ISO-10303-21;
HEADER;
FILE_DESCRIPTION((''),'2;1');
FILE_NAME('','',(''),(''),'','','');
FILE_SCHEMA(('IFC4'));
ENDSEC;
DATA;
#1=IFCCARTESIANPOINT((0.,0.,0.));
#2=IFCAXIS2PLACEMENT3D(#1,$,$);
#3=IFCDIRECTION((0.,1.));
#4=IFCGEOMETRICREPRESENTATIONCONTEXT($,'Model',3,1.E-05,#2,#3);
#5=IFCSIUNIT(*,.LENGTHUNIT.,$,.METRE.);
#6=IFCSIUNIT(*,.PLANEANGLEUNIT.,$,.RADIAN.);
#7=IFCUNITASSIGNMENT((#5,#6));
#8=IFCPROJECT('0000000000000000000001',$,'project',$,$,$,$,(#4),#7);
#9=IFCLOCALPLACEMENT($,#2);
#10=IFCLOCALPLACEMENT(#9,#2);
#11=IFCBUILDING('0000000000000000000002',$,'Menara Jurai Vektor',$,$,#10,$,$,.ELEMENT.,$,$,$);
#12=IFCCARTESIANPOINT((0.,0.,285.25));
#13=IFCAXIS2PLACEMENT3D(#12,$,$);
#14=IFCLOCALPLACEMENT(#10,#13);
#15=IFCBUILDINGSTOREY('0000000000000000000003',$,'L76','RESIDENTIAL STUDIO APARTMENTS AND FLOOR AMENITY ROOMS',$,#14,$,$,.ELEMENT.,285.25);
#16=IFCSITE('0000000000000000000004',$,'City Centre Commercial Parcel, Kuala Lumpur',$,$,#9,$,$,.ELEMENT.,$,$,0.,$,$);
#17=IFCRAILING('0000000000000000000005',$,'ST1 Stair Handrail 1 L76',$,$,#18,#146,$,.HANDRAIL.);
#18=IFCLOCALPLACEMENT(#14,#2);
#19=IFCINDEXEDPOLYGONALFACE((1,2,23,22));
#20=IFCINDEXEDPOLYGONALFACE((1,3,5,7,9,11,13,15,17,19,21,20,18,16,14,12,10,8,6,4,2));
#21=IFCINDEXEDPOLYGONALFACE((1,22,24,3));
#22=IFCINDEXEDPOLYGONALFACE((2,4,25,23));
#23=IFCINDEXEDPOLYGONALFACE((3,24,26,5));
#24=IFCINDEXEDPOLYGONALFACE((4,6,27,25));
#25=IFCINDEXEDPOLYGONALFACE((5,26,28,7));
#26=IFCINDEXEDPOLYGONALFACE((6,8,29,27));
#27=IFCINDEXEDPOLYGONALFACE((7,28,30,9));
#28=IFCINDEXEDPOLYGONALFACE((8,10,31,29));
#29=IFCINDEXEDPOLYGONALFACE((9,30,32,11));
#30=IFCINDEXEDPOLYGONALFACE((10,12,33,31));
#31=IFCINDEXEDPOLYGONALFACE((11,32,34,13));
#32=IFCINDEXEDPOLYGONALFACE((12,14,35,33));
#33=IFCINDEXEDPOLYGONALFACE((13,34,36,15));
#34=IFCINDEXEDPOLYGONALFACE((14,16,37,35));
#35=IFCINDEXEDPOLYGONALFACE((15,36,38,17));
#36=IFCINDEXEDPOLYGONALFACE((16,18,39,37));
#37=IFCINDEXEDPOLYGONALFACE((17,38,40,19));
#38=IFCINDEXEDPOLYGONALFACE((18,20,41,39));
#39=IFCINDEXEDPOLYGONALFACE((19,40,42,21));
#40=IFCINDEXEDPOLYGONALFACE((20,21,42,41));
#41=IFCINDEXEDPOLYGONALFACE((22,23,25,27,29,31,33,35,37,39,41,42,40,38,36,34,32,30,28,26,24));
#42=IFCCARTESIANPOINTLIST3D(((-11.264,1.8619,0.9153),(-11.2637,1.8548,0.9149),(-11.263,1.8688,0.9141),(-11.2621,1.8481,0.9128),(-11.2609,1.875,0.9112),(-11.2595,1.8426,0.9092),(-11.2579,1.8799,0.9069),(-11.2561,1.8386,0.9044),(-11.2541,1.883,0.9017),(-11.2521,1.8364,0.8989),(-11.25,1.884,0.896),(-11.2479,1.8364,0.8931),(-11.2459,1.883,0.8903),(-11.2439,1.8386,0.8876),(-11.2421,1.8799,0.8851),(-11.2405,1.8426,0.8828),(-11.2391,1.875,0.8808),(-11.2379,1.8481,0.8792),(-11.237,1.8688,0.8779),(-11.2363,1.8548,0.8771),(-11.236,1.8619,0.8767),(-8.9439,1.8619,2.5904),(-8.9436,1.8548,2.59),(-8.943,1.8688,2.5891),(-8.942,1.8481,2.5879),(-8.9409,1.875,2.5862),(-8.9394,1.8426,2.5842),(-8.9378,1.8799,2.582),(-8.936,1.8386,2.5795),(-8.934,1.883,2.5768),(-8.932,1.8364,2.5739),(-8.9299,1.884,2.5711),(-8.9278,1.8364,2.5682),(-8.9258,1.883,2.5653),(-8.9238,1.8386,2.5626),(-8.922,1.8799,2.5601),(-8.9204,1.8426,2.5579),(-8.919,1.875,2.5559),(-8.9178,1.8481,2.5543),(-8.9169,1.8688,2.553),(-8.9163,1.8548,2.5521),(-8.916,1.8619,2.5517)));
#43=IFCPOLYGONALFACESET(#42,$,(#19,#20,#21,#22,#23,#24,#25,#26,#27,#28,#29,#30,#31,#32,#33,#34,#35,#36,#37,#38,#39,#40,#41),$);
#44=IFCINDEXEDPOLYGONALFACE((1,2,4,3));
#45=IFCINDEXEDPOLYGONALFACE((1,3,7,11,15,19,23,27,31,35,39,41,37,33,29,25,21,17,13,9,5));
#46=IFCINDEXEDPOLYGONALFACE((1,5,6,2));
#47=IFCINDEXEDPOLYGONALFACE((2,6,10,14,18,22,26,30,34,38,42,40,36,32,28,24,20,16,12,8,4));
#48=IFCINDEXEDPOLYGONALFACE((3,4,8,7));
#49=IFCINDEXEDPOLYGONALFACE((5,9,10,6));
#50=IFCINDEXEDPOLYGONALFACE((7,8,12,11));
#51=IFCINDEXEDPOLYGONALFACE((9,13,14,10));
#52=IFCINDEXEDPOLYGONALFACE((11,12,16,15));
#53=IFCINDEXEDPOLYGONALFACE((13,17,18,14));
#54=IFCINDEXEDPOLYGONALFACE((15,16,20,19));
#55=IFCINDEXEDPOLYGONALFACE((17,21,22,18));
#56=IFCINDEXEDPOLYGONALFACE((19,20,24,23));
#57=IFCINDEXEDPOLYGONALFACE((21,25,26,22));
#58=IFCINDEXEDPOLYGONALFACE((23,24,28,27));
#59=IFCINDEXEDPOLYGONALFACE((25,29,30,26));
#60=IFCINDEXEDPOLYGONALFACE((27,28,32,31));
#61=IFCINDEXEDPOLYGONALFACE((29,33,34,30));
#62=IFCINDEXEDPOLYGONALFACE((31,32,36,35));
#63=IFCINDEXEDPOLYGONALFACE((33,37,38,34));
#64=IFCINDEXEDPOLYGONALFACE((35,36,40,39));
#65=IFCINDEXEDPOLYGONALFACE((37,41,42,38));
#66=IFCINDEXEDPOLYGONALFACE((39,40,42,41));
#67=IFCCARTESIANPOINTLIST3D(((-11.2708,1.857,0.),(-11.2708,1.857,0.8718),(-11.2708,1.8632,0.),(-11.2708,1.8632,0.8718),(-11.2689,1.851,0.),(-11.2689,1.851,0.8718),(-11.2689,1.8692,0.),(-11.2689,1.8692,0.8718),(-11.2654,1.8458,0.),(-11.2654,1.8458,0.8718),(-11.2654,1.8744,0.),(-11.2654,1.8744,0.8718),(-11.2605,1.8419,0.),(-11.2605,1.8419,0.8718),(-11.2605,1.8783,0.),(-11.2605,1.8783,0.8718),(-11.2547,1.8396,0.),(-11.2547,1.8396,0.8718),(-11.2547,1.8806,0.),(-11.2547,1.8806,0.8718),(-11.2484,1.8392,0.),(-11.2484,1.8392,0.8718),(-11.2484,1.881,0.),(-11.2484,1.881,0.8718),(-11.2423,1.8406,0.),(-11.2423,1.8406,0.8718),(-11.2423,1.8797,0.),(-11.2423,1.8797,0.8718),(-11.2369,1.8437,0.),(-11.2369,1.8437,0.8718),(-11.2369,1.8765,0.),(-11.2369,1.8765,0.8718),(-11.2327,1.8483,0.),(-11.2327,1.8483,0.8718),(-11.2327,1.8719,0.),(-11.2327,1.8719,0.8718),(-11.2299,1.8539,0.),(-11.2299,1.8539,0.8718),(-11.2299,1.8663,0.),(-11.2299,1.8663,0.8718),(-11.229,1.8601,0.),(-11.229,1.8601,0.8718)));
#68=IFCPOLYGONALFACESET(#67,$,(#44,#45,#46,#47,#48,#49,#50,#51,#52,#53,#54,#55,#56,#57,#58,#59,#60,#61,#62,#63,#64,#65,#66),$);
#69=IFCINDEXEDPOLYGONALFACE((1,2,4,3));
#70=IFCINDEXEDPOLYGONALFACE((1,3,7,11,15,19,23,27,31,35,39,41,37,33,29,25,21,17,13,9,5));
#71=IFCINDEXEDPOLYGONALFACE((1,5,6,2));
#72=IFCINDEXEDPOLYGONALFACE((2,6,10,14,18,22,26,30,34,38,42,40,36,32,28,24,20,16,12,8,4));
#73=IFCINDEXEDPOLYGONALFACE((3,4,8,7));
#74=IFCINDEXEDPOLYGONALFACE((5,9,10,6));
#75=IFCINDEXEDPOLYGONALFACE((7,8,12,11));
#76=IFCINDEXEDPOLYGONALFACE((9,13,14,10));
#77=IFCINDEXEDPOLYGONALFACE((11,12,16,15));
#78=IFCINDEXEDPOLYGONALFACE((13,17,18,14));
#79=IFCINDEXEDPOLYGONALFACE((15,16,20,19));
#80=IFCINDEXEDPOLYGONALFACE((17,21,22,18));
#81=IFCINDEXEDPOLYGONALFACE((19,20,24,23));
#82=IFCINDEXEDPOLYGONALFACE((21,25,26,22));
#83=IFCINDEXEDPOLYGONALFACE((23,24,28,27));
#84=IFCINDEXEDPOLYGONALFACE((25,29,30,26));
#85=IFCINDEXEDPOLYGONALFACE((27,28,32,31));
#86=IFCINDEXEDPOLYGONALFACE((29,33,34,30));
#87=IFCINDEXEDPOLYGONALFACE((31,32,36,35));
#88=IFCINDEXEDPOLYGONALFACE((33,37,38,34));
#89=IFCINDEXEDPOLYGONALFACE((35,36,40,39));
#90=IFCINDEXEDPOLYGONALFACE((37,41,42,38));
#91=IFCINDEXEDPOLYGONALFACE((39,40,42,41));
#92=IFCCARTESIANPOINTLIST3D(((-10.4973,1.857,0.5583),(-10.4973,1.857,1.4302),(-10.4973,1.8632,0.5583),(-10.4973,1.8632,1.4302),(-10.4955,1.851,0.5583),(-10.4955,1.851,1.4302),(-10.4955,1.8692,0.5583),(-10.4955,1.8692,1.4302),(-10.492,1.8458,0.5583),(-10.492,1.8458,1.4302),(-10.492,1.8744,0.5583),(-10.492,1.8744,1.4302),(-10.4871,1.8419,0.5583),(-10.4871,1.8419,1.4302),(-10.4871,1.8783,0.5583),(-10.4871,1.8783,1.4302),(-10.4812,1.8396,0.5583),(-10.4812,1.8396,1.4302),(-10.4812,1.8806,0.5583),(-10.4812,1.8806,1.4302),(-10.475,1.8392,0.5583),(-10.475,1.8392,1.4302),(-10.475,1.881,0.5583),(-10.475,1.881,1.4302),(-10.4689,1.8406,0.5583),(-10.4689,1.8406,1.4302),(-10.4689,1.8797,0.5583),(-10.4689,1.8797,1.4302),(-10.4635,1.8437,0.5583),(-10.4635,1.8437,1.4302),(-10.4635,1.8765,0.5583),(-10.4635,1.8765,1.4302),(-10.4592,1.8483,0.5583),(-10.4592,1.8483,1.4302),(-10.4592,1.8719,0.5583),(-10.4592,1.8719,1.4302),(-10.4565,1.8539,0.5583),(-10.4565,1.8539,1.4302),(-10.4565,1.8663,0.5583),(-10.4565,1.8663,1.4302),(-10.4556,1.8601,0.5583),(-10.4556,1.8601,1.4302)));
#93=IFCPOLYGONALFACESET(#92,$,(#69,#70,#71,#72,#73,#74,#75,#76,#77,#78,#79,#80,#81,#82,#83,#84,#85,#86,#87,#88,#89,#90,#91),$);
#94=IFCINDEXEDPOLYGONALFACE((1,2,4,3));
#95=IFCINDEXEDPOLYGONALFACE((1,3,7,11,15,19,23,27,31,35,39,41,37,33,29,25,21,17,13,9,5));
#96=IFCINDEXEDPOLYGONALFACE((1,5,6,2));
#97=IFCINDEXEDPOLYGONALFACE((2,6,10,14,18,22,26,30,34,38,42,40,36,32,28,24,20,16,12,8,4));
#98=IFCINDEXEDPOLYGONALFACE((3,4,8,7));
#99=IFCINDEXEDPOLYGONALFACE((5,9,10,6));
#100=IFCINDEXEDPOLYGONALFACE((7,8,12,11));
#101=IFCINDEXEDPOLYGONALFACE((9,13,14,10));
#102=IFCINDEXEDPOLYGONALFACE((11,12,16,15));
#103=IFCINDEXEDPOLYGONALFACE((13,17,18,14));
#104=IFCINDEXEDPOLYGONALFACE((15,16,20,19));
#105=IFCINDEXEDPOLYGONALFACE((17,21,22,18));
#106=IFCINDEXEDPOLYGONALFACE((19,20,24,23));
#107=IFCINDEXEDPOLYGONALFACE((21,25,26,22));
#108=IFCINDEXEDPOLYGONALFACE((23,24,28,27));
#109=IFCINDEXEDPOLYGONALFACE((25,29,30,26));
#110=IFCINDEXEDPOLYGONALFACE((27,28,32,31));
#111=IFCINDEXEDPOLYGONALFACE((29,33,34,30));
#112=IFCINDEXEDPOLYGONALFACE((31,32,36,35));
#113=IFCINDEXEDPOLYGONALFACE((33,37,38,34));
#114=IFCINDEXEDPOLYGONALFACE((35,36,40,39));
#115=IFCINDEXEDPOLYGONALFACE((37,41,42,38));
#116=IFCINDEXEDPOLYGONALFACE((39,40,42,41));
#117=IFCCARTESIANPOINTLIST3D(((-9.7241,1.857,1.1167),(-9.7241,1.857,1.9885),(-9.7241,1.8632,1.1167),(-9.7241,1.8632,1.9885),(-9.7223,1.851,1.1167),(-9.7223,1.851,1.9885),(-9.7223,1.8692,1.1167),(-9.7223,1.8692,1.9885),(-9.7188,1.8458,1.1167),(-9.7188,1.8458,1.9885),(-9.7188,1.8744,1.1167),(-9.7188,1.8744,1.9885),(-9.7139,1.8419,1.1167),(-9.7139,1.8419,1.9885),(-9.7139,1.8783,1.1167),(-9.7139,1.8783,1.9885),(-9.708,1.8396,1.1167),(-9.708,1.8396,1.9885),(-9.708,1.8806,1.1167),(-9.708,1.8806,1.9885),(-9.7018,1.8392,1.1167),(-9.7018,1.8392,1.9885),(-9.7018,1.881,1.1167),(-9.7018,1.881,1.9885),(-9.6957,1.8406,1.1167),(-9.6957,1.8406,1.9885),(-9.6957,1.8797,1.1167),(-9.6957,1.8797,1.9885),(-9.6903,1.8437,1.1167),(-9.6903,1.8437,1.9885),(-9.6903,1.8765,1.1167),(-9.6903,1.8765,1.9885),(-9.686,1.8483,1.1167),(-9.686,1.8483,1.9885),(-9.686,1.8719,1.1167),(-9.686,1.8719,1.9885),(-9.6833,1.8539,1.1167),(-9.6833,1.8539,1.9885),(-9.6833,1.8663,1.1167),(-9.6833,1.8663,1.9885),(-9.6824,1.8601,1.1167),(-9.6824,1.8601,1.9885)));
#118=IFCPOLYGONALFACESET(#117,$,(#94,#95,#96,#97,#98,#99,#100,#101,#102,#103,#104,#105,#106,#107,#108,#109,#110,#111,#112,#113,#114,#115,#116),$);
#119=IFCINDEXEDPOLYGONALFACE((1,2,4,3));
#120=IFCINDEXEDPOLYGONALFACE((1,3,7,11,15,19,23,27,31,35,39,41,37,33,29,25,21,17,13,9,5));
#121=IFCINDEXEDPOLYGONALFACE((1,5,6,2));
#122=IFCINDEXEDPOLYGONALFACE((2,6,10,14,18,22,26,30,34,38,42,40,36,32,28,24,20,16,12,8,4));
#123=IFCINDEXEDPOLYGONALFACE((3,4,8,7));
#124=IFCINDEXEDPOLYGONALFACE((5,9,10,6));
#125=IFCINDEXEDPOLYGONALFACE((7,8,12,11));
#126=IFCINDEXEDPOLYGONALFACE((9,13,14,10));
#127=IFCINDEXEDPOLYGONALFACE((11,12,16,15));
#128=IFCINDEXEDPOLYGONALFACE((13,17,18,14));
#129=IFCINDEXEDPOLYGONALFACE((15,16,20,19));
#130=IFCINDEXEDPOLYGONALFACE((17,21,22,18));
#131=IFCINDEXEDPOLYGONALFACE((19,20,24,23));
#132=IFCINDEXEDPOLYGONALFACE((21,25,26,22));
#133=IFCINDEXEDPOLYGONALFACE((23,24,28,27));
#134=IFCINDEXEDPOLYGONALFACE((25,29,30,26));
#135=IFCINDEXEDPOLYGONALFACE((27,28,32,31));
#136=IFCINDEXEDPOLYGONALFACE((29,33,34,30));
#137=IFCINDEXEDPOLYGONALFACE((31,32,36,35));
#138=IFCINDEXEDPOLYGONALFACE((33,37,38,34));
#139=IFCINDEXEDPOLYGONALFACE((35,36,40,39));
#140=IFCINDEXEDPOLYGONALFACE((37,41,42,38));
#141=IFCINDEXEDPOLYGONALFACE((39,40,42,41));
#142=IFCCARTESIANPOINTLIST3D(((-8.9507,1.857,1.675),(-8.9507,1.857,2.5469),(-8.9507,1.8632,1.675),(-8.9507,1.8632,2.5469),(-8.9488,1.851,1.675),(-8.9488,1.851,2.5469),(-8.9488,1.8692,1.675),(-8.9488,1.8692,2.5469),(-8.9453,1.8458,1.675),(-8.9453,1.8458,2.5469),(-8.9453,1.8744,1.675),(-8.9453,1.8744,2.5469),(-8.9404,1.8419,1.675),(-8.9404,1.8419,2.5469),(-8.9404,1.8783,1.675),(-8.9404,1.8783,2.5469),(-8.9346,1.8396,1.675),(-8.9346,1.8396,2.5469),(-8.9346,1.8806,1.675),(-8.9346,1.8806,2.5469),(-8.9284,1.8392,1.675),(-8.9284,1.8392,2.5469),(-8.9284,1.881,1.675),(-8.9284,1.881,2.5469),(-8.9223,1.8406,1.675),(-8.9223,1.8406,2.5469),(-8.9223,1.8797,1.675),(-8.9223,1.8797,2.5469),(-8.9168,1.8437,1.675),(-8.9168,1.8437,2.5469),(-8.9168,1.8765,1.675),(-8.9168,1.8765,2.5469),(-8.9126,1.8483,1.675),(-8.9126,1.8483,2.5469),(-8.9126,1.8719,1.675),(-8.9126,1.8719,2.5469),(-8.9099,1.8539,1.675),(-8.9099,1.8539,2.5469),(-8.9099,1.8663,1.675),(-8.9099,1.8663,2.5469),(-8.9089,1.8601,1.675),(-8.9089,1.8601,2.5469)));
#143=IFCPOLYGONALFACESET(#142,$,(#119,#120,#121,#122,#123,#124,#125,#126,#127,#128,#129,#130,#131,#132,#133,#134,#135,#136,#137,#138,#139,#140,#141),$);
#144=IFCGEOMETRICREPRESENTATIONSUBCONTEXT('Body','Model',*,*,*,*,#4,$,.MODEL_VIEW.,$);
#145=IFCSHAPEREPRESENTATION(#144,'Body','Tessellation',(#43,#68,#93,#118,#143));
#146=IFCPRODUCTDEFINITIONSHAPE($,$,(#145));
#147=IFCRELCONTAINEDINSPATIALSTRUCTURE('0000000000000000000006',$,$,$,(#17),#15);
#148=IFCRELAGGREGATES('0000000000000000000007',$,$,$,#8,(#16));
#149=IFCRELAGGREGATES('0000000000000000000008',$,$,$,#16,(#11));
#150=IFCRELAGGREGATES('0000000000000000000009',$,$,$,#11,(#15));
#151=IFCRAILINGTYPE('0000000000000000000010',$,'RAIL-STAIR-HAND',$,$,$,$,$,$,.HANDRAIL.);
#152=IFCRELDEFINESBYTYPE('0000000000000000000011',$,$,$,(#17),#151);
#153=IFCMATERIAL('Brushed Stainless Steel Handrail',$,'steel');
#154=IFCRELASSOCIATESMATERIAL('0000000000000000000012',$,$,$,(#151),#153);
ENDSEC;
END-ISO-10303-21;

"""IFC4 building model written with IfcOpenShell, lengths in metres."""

from ifc_helpers import new_model, si_unit, direction, frame, origin, origin_2d, place, context, subcontext, project, spatial, circle, extrude, material, type_object, element, save


model = new_model("IFC4")

# Units and contexts
model_context = context("Model", 3, precision=1e-05, world=origin(), true_north=direction((0.0, 1.0)))
body_context = subcontext(model_context, "Body", "Model", "MODEL_VIEW")
ifc_project = project(units=[si_unit("LENGTHUNIT", "METRE"), si_unit("PLANEANGLEUNIT", "RADIAN")], contexts=[model_context])

# Site, building, storey
site_placement = place(None, origin())
site = spatial("IfcSite", under=ifc_project, at=site_placement, Name="City Centre Commercial Parcel, Kuala Lumpur", CompositionType="ELEMENT", RefElevation=0.0)
building_placement = place(site_placement, origin())
building = spatial("IfcBuilding", under=site, at=building_placement, Name="Menara Jurai Vektor", CompositionType="ELEMENT")
storey_placement = place(building_placement, frame((0.0, 0.0, 285.25)))
storey = spatial("IfcBuildingStorey", under=building, at=storey_placement, Name="L76", Description="RESIDENTIAL STUDIO APARTMENTS AND FLOOR AMENITY ROOMS", CompositionType="ELEMENT", Elevation=285.25)

# Railing
ifc_material_1 = material(Name="Brushed Stainless Steel Handrail", Category="steel")
railing_type_1 = type_object("IfcRailingType", Name="RAIL-STAIR-HAND", PredefinedType="HANDRAIL", material=ifc_material_1)
railing_1_placement = place(storey_placement, frame((-11.25, 1.8601, 0.0)))
element("IfcRailing", 1, at=railing_1_placement, inside=storey, type_object=railing_type_1, Name="ST1 Stair Handrail 1 L76", PredefinedType="HANDRAIL", context=body_context, shape_type="SweptSolid", body=[
    extrude(circle(Radius=0.0239, at=origin_2d()), frame((0.0, 0.0, 0.896), z_axis=(0.810771, 0.0, 0.585363), x_axis=(0.0, 1.0, 0.0)), (0.0, 0.0, 1.0), 2.8616),
    extrude(circle(Radius=0.021, at=origin_2d()), origin(), (0.0, 0.0, 1.0), 0.8718),
    extrude(circle(Radius=0.021, at=origin_2d()), frame((0.7734, 0.0, 0.5583)), (0.0, 0.0, 1.0), 0.8718),
    extrude(circle(Radius=0.021, at=origin_2d()), frame((1.5466, 0.0, 1.1167)), (0.0, 0.0, 1.0), 0.8718),
    extrude(circle(Radius=0.021, at=origin_2d()), frame((2.3201, 0.0, 1.675)), (0.0, 0.0, 1.0), 0.8718),
])

save(model, "model.ifc")
